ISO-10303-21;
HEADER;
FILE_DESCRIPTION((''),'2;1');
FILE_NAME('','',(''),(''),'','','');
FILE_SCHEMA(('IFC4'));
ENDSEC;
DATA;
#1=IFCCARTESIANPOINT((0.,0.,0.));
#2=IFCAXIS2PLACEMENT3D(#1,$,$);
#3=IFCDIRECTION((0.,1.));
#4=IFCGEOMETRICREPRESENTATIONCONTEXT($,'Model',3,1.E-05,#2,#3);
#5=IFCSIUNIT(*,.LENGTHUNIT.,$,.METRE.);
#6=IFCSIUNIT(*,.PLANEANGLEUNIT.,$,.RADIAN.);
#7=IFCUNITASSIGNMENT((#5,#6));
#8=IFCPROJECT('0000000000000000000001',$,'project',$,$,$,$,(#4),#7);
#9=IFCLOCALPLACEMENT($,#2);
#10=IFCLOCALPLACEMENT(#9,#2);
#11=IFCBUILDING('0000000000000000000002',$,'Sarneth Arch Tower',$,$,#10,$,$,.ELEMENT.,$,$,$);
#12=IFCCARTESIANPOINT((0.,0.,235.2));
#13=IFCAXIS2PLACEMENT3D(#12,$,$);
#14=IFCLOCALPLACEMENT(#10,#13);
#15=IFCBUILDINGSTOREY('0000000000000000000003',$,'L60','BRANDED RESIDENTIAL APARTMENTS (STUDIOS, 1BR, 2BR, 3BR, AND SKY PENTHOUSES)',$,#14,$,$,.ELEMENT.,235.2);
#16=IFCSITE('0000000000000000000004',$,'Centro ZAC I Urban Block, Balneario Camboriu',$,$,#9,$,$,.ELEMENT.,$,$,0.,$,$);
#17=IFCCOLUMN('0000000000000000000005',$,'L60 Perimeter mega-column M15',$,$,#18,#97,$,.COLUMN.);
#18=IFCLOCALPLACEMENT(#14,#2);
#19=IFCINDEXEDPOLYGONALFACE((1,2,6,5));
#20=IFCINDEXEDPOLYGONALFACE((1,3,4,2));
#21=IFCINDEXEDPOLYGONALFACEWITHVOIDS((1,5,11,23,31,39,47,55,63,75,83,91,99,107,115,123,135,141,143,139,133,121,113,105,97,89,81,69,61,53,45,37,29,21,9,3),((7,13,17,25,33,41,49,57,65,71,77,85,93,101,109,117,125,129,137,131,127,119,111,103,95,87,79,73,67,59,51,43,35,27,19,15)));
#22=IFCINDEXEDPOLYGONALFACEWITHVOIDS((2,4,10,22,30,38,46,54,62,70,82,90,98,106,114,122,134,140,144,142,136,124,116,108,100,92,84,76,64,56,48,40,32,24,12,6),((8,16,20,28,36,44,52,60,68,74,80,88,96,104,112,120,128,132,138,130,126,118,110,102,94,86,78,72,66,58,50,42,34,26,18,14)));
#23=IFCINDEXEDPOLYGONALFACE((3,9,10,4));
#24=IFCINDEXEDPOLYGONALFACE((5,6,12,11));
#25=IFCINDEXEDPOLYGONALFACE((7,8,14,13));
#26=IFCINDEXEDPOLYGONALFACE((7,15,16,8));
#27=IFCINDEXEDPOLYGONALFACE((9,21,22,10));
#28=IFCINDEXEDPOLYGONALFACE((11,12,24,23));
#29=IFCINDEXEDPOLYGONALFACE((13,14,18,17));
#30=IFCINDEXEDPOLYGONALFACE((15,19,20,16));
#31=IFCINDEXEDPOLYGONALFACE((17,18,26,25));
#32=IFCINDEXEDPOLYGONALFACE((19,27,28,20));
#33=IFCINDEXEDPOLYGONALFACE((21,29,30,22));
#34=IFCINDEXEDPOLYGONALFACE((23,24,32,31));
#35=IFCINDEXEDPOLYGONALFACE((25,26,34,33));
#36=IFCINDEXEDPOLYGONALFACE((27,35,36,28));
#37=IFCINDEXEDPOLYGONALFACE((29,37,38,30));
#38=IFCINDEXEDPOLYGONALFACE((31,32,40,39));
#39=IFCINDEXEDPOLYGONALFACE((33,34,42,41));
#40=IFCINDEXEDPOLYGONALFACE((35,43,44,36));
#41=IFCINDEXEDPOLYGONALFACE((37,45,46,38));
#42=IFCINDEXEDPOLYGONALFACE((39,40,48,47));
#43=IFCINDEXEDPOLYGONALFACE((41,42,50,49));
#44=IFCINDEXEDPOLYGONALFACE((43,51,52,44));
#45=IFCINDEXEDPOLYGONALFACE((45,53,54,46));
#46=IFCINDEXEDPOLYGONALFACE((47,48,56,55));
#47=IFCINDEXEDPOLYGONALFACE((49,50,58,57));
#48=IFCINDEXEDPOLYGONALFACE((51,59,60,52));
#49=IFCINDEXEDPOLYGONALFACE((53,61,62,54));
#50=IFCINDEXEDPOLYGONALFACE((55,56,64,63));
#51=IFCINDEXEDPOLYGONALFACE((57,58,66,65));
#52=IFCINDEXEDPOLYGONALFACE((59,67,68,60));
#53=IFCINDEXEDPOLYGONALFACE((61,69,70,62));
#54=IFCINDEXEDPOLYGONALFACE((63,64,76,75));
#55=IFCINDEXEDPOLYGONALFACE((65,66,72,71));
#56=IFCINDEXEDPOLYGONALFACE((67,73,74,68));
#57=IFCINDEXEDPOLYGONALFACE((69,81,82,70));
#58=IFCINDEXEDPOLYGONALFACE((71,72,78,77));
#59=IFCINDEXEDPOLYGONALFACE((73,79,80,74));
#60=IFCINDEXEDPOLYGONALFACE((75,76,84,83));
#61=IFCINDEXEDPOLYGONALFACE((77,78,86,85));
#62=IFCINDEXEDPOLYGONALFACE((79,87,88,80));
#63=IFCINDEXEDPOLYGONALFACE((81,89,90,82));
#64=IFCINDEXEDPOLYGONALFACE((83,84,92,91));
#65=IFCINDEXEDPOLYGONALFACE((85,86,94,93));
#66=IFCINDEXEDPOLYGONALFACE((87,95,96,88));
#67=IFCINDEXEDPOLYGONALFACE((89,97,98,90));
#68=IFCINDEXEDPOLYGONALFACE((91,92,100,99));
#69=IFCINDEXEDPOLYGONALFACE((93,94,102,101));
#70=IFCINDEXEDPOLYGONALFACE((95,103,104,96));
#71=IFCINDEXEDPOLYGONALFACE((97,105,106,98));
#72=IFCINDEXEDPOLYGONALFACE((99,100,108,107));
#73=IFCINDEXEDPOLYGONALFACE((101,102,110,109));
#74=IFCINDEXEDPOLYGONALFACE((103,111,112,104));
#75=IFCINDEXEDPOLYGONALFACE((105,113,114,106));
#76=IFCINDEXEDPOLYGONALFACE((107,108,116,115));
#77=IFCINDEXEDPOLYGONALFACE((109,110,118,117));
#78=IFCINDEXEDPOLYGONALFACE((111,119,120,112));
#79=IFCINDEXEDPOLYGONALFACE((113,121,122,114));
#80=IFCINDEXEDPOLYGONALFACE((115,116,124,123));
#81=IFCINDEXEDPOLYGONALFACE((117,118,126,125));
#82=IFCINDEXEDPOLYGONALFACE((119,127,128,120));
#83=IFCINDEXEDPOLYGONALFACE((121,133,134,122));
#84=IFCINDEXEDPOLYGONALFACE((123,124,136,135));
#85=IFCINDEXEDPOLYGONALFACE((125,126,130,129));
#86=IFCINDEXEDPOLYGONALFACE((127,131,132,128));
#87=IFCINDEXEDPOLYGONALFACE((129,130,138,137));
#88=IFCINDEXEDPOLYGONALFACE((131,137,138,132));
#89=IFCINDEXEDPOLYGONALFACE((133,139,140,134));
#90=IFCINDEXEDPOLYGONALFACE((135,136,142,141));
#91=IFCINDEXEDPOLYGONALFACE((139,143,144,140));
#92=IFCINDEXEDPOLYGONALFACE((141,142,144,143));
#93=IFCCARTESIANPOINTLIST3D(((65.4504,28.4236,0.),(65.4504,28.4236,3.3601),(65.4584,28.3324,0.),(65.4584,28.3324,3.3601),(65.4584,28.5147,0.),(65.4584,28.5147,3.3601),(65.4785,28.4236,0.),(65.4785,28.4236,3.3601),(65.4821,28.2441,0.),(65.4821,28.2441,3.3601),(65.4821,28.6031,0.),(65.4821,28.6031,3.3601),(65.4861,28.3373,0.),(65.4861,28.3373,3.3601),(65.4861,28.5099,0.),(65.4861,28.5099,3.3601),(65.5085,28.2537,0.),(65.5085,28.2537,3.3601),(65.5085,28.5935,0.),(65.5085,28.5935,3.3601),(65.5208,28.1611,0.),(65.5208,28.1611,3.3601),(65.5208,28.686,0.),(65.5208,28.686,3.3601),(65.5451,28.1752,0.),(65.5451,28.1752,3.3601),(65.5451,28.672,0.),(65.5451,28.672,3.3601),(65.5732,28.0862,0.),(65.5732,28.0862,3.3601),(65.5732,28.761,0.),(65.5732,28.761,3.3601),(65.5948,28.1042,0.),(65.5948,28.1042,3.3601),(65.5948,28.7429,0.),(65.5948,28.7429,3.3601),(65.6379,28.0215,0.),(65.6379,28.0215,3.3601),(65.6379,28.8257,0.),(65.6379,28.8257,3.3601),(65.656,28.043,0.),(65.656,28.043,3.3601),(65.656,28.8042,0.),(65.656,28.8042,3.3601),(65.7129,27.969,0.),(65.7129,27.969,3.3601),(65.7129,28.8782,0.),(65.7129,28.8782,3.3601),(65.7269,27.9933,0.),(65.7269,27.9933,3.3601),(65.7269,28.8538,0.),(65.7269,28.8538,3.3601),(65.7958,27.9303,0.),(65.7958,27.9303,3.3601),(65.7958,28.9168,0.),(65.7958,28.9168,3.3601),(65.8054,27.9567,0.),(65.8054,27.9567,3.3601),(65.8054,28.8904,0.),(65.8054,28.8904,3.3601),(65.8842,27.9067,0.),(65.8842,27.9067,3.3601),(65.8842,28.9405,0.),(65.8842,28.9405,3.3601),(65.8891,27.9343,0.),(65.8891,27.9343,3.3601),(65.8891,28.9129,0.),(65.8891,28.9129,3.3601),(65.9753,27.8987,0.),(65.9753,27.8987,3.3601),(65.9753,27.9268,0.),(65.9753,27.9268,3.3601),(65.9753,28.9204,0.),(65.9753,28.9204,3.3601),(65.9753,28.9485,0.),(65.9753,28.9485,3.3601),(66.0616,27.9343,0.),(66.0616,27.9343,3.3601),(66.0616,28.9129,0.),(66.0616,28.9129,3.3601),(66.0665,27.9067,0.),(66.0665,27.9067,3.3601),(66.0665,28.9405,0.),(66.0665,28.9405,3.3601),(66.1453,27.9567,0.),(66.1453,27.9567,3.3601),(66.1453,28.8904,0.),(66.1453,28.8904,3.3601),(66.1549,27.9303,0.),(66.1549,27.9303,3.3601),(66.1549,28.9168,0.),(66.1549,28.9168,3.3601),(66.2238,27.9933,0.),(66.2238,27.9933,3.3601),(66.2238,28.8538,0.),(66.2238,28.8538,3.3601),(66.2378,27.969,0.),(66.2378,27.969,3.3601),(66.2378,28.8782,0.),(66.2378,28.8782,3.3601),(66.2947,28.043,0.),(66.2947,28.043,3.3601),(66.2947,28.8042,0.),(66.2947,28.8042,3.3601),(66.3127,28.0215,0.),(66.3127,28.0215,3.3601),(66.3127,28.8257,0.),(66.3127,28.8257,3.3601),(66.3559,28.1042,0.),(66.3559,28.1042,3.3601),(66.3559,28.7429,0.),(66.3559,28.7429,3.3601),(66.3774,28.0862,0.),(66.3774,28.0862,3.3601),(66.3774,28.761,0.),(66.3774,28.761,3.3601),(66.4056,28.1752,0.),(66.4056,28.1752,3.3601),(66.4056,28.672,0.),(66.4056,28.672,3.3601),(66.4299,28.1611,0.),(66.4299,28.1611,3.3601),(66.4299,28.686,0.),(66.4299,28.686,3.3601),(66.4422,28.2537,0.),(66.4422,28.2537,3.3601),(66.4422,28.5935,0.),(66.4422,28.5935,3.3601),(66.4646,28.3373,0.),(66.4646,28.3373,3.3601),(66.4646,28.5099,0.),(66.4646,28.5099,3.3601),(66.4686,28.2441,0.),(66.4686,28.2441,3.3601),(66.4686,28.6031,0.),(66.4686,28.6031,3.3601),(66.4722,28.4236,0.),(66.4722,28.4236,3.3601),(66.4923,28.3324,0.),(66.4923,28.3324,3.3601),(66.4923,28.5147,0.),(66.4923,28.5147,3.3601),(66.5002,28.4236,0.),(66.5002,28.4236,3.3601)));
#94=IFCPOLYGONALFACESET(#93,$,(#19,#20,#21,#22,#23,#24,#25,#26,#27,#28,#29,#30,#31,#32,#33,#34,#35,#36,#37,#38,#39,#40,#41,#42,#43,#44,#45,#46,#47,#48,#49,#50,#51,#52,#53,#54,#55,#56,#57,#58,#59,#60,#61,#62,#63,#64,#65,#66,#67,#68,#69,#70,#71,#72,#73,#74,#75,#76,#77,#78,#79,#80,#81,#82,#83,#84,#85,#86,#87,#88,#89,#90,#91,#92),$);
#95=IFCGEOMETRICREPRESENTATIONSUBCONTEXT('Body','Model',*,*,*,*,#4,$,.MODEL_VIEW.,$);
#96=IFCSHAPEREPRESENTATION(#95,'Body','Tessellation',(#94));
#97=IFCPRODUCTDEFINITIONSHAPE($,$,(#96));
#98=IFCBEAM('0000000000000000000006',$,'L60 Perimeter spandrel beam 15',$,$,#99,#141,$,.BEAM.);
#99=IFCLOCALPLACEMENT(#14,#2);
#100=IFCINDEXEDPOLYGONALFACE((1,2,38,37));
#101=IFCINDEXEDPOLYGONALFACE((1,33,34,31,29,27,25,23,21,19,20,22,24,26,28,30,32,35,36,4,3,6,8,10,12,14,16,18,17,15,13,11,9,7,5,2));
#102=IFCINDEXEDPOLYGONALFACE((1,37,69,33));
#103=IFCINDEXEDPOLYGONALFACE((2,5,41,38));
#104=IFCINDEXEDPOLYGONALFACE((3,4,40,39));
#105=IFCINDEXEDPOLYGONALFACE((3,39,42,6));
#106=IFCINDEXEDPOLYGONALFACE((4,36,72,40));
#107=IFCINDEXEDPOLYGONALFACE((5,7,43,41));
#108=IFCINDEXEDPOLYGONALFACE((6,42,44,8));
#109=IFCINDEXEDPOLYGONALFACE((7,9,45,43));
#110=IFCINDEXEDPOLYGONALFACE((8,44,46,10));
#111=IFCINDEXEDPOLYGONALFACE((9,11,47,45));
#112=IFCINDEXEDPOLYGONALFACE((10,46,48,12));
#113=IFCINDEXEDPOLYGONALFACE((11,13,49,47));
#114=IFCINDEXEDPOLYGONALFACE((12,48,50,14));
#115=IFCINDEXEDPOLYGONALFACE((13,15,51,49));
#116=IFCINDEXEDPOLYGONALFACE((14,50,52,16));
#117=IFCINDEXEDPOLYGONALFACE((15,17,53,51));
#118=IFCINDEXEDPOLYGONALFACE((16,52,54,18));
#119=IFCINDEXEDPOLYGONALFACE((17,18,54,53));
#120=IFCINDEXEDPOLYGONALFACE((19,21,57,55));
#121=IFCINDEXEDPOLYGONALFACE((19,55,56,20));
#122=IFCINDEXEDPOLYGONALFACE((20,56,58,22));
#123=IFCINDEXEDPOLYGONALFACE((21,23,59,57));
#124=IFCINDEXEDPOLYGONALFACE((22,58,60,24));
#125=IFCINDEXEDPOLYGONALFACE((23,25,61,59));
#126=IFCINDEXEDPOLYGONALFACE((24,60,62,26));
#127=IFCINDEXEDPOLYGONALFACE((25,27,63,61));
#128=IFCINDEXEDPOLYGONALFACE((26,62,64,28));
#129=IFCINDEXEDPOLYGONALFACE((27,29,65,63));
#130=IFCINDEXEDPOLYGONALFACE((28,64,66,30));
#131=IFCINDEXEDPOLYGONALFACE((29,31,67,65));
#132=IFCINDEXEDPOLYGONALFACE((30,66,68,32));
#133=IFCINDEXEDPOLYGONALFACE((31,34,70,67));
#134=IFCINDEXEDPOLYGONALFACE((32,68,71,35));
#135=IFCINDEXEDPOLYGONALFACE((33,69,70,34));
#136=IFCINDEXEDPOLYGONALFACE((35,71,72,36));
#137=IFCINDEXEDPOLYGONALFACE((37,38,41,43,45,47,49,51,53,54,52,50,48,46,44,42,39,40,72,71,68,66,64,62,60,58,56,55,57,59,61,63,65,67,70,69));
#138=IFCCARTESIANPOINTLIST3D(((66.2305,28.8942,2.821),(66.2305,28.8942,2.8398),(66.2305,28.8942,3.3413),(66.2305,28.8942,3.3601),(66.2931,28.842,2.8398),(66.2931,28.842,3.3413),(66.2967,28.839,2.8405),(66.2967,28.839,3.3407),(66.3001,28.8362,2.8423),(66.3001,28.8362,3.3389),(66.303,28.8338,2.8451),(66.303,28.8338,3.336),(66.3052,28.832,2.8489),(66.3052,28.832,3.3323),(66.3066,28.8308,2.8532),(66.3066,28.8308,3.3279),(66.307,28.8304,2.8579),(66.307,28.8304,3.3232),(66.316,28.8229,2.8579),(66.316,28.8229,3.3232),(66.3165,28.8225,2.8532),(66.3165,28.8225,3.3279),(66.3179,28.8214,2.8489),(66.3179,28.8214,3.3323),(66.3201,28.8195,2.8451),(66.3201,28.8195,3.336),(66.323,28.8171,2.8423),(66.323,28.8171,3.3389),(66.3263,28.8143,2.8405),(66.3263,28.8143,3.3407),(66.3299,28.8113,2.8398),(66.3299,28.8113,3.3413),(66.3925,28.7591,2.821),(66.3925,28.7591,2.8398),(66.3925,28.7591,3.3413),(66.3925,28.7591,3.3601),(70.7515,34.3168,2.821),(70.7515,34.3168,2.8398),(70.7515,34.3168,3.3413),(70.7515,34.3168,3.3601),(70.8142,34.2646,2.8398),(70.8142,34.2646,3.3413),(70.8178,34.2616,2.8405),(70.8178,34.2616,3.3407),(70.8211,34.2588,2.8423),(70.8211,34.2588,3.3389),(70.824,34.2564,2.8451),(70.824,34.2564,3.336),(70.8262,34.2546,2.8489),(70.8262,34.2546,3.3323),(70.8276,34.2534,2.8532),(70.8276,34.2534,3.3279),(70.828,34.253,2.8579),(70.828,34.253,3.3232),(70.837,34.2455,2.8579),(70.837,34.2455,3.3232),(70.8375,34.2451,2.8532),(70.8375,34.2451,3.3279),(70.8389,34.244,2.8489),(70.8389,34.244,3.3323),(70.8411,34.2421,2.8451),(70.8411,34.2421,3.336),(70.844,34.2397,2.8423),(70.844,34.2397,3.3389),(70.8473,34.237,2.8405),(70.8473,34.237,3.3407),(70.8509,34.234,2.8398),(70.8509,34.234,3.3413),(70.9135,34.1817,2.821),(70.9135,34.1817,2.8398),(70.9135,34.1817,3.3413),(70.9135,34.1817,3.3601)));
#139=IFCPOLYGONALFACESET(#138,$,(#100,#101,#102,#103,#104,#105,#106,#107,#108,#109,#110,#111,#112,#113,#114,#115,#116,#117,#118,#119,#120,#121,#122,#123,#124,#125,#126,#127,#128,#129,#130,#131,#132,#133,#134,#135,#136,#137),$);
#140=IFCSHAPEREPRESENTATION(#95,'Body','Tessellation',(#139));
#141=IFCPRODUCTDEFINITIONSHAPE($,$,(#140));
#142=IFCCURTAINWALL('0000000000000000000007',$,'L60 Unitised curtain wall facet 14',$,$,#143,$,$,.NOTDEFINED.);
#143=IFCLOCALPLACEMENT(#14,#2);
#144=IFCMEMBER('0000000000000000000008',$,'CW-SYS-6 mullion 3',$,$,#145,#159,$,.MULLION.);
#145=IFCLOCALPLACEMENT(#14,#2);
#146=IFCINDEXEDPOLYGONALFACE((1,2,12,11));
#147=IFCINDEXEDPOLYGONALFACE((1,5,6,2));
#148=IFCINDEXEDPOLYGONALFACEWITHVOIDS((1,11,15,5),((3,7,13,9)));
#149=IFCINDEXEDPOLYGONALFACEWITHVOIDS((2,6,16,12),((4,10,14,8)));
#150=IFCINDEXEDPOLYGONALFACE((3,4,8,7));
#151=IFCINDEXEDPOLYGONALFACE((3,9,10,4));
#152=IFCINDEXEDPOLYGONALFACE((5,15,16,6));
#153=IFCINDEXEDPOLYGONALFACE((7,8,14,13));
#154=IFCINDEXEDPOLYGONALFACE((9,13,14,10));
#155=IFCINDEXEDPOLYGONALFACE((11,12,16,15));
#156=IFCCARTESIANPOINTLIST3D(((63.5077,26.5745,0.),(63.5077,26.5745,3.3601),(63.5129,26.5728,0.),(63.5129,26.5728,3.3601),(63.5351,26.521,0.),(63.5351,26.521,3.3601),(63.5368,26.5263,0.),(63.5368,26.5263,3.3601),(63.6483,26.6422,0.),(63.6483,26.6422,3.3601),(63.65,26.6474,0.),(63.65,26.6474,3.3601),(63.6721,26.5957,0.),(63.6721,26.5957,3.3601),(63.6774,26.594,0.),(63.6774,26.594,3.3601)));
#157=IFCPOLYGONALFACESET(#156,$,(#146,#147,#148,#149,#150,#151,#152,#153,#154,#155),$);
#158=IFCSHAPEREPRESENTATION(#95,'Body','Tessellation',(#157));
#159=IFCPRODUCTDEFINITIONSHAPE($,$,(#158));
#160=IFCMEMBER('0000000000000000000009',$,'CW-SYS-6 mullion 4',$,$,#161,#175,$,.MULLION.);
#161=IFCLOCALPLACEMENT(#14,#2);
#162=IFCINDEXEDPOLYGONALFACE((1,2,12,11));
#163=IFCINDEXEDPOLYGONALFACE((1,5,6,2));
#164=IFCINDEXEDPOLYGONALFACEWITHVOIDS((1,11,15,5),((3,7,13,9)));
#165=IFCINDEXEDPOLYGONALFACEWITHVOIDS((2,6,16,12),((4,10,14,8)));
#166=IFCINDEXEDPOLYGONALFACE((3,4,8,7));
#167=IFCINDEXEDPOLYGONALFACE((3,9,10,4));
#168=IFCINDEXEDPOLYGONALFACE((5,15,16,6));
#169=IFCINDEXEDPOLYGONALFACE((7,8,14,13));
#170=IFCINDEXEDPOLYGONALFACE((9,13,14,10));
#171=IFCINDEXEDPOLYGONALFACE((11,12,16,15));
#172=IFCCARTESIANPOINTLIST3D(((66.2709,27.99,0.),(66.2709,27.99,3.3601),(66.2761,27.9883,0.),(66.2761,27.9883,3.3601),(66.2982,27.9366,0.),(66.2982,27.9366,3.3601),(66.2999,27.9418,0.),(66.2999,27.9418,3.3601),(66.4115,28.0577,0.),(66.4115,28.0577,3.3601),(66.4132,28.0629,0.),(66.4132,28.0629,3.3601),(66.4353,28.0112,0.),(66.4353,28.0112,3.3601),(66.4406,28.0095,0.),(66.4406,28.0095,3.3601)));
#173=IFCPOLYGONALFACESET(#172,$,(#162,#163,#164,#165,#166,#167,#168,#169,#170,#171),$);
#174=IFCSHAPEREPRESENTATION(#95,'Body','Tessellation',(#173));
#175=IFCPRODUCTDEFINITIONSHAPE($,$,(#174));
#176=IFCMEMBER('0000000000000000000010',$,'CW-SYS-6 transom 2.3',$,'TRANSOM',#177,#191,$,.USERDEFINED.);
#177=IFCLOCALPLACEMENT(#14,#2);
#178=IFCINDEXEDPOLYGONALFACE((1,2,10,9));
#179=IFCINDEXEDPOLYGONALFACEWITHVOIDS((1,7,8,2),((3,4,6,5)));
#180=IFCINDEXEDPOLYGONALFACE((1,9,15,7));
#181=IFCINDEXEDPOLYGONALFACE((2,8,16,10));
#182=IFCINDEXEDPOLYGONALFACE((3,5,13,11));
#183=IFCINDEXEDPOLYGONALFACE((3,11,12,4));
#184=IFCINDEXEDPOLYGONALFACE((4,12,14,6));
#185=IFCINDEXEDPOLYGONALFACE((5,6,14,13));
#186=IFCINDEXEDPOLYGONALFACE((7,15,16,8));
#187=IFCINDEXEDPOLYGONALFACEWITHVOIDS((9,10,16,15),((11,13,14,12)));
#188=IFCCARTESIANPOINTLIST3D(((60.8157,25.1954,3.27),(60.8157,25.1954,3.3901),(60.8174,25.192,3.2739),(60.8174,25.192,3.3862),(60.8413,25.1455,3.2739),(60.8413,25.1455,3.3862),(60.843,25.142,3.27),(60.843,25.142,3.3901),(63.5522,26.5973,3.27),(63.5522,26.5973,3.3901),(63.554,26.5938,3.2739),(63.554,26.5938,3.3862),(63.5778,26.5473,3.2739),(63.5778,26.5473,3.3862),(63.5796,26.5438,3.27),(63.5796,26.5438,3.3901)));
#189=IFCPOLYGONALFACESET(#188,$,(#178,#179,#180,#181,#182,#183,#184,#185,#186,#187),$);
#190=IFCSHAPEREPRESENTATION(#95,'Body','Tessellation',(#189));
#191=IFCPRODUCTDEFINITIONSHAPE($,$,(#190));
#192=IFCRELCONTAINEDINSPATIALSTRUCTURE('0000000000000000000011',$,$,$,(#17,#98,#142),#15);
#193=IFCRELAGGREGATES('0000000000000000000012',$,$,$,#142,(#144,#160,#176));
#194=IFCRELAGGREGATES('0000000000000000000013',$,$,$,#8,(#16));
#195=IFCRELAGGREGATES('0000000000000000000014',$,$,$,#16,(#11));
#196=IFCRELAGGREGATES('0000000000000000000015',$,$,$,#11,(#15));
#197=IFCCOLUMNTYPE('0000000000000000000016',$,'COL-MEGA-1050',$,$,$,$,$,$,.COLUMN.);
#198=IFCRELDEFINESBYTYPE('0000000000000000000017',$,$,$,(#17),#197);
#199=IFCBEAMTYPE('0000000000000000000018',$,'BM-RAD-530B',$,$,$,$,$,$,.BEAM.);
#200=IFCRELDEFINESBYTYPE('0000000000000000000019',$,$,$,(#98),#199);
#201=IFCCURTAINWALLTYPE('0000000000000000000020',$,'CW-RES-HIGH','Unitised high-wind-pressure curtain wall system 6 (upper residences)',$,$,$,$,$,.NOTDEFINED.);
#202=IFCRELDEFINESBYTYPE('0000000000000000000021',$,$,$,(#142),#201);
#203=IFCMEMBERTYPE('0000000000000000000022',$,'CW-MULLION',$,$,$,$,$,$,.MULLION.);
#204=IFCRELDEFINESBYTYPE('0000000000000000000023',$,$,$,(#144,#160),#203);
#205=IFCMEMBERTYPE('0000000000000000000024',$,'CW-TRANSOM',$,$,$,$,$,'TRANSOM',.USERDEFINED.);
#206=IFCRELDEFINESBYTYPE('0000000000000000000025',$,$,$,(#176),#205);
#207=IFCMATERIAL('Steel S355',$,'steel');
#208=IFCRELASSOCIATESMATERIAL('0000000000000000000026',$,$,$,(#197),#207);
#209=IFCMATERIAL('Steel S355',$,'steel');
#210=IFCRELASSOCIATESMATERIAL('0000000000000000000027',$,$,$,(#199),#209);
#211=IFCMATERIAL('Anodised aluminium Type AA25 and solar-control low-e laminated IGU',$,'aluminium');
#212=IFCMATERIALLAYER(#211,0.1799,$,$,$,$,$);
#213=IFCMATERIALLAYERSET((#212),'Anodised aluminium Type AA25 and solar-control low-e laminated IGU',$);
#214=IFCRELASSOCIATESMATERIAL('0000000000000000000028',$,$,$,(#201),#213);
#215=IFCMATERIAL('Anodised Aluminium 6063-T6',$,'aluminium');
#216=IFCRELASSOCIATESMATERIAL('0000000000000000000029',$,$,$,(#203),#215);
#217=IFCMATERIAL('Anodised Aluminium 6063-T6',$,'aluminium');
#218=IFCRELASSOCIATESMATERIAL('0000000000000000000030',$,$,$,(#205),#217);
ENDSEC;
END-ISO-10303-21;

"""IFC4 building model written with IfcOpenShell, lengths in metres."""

from ifc_helpers import new_model, si_unit, direction, frame, origin, origin_2d, place, context, subcontext, project, spatial, hollow_rectangle, hollow_circle, i_section, extrude, material, layer, layer_set, material_profile, profile_set, type_object, element, aggregate, save


model = new_model("IFC4")

# Units and contexts
model_context = context("Model", 3, precision=1e-05, world=origin(), true_north=direction((0.0, 1.0)))
body_context = subcontext(model_context, "Body", "Model", "MODEL_VIEW")
ifc_project = project(units=[si_unit("LENGTHUNIT", "METRE"), si_unit("PLANEANGLEUNIT", "RADIAN")], contexts=[model_context])

# Site, building, storey
site_placement = place(None, origin())
site = spatial("IfcSite", under=ifc_project, at=site_placement, Name="Centro ZAC I Urban Block, Balneario Camboriu", CompositionType="ELEMENT", RefElevation=0.0)
building_placement = place(site_placement, origin())
building = spatial("IfcBuilding", under=site, at=building_placement, Name="Sarneth Arch Tower", CompositionType="ELEMENT")
storey_placement = place(building_placement, frame((0.0, 0.0, 235.2)))
storey = spatial("IfcBuildingStorey", under=building, at=storey_placement, Name="L60", Description="BRANDED RESIDENTIAL APARTMENTS (STUDIOS, 1BR, 2BR, 3BR, AND SKY PENTHOUSES)", CompositionType="ELEMENT", Elevation=235.2)

# Column
ifc_material_1 = material(Name="Steel S355", Category="steel")
ifc_material_profile_1 = material_profile(ifc_material_1, hollow_circle(Radius=0.5249, WallThickness=0.0281, at=origin_2d()), Name="CHS1050x28")
ifc_profile_set_1 = profile_set([ifc_material_profile_1], Name="Steel S355")
column_type = type_object("IfcColumnType", Name="COL-MEGA-1050", PredefinedType="COLUMN", material=ifc_profile_set_1)
column_placement = place(storey_placement, frame((65.9753, 28.4236, 0.0), z_axis=(0.0, 0.0, 1.0), x_axis=(1.0, 0.0, 0.0)))
element("IfcColumn", 1, at=column_placement, inside=storey, type_object=column_type, Name="L60 Perimeter mega-column M15", PredefinedType="COLUMN", context=body_context, shape_type="SweptSolid", body=[
    extrude(hollow_circle(Radius=0.5249, WallThickness=0.0281, at=origin_2d()), origin(), (0.0, 0.0, 1.0), 3.3601),
])

# Beam
ifc_material_2 = material(Name="Steel S355", Category="steel")
ifc_material_profile_2 = material_profile(ifc_material_2, i_section(OverallWidth=0.2109, OverallDepth=0.5391, WebThickness=0.0117, FlangeThickness=0.0188, FilletRadius=0.0181, at=origin_2d()), Name="W530x109")
ifc_profile_set_2 = profile_set([ifc_material_profile_2], Name="Steel S355")
beam_type = type_object("IfcBeamType", Name="BM-RAD-530B", PredefinedType="BEAM", material=ifc_profile_set_2)
beam_placement = place(storey_placement, frame((66.3115, 28.8267, 3.0906), z_axis=(0.640365, 0.768071, 0.0), x_axis=(-0.768071, 0.640365, 0.0)))
element("IfcBeam", 2, at=beam_placement, inside=storey, type_object=beam_type, Name="L60 Perimeter spandrel beam 15", PredefinedType="BEAM", context=body_context, shape_type="SweptSolid", body=[
    extrude(i_section(OverallWidth=0.2109, OverallDepth=0.5391, WebThickness=0.0117, FlangeThickness=0.0188, FilletRadius=0.0181, at=origin_2d()), origin(), (0.0, 0.0, 1.0), 7.0601),
])

# Curtain wall, members
ifc_material_3 = material(Name="Anodised aluminium Type AA25 and solar-control low-e laminated IGU", Category="aluminium")
ifc_layer_1 = layer(ifc_material_3, 0.1799)
ifc_layer_set_1 = layer_set([ifc_layer_1], Name="Anodised aluminium Type AA25 and solar-control low-e laminated IGU")
curtain_wall_type = type_object("IfcCurtainWallType", Name="CW-RES-HIGH", Description="Unitised high-wind-pressure curtain wall system 6 (upper residences)", PredefinedType="NOTDEFINED", material=ifc_layer_set_1)
curtain_wall_placement = place(storey_placement, origin())
curtain_wall = element("IfcCurtainWall", 3, at=curtain_wall_placement, inside=storey, type_object=curtain_wall_type, Name="L60 Unitised curtain wall facet 14", PredefinedType="NOTDEFINED")
ifc_material_4 = material(Name="Anodised Aluminium 6063-T6", Category="aluminium")
ifc_material_profile_3 = material_profile(ifc_material_4, hollow_rectangle(XDim=0.0601, YDim=0.1599, WallThickness=0.0039, at=origin_2d()), Name="AL-MULL-160x60x4")
ifc_profile_set_3 = profile_set([ifc_material_profile_3], Name="Anodised Aluminium 6063-T6")
member_type_1 = type_object("IfcMemberType", Name="CW-MULLION", PredefinedType="MULLION", material=ifc_profile_set_3)
member_1_placement = place(storey_placement, frame((63.5925, 26.5842, 0.0), z_axis=(0.0, 0.0, 1.0), x_axis=(-0.455942, 0.89001, 0.0)))
member_1 = element("IfcMember", 4, at=member_1_placement, type_object=member_type_1, Name="CW-SYS-6 mullion 3", PredefinedType="MULLION", context=body_context, shape_type="SweptSolid", body=[
    extrude(hollow_rectangle(XDim=0.0601, YDim=0.1599, WallThickness=0.0039, at=origin_2d()), origin(), (0.0, 0.0, 1.0), 3.3601),
])
member_2_placement = place(storey_placement, frame((66.3557, 27.9998, 0.0), z_axis=(0.0, 0.0, 1.0), x_axis=(-0.455942, 0.89001, 0.0)))
member_2 = element("IfcMember", 5, at=member_2_placement, type_object=member_type_1, Name="CW-SYS-6 mullion 4", PredefinedType="MULLION", context=body_context, shape_type="SweptSolid", body=[
    extrude(hollow_rectangle(XDim=0.0601, YDim=0.1599, WallThickness=0.0039, at=origin_2d()), origin(), (0.0, 0.0, 1.0), 3.3601),
])
ifc_material_5 = material(Name="Anodised Aluminium 6063-T6", Category="aluminium")
ifc_material_profile_4 = material_profile(ifc_material_5, hollow_rectangle(XDim=0.0601, YDim=0.1201, WallThickness=0.0039, at=origin_2d()), Name="AL-TRAN-120x60x4")
ifc_profile_set_4 = profile_set([ifc_material_profile_4], Name="Anodised Aluminium 6063-T6")
member_type_2 = type_object("IfcMemberType", Name="CW-TRANSOM", ElementType="TRANSOM", PredefinedType="USERDEFINED", material=ifc_profile_set_4)
member_3_placement = place(storey_placement, frame((60.8293, 25.1687, 3.3301), z_axis=(0.890017, 0.455926, 0.0), x_axis=(-0.455926, 0.890017, 0.0)))
member_3 = element("IfcMember", 6, at=member_3_placement, type_object=member_type_2, Name="CW-SYS-6 transom 2.3", ObjectType="TRANSOM", PredefinedType="USERDEFINED", context=body_context, shape_type="SweptSolid", body=[
    extrude(hollow_rectangle(XDim=0.0601, YDim=0.1201, WallThickness=0.0039, at=origin_2d()), origin(), (0.0, 0.0, 1.0), 3.0747),
])

aggregate(curtain_wall, [member_1, member_2, member_3])

save(model, "model.ifc")
